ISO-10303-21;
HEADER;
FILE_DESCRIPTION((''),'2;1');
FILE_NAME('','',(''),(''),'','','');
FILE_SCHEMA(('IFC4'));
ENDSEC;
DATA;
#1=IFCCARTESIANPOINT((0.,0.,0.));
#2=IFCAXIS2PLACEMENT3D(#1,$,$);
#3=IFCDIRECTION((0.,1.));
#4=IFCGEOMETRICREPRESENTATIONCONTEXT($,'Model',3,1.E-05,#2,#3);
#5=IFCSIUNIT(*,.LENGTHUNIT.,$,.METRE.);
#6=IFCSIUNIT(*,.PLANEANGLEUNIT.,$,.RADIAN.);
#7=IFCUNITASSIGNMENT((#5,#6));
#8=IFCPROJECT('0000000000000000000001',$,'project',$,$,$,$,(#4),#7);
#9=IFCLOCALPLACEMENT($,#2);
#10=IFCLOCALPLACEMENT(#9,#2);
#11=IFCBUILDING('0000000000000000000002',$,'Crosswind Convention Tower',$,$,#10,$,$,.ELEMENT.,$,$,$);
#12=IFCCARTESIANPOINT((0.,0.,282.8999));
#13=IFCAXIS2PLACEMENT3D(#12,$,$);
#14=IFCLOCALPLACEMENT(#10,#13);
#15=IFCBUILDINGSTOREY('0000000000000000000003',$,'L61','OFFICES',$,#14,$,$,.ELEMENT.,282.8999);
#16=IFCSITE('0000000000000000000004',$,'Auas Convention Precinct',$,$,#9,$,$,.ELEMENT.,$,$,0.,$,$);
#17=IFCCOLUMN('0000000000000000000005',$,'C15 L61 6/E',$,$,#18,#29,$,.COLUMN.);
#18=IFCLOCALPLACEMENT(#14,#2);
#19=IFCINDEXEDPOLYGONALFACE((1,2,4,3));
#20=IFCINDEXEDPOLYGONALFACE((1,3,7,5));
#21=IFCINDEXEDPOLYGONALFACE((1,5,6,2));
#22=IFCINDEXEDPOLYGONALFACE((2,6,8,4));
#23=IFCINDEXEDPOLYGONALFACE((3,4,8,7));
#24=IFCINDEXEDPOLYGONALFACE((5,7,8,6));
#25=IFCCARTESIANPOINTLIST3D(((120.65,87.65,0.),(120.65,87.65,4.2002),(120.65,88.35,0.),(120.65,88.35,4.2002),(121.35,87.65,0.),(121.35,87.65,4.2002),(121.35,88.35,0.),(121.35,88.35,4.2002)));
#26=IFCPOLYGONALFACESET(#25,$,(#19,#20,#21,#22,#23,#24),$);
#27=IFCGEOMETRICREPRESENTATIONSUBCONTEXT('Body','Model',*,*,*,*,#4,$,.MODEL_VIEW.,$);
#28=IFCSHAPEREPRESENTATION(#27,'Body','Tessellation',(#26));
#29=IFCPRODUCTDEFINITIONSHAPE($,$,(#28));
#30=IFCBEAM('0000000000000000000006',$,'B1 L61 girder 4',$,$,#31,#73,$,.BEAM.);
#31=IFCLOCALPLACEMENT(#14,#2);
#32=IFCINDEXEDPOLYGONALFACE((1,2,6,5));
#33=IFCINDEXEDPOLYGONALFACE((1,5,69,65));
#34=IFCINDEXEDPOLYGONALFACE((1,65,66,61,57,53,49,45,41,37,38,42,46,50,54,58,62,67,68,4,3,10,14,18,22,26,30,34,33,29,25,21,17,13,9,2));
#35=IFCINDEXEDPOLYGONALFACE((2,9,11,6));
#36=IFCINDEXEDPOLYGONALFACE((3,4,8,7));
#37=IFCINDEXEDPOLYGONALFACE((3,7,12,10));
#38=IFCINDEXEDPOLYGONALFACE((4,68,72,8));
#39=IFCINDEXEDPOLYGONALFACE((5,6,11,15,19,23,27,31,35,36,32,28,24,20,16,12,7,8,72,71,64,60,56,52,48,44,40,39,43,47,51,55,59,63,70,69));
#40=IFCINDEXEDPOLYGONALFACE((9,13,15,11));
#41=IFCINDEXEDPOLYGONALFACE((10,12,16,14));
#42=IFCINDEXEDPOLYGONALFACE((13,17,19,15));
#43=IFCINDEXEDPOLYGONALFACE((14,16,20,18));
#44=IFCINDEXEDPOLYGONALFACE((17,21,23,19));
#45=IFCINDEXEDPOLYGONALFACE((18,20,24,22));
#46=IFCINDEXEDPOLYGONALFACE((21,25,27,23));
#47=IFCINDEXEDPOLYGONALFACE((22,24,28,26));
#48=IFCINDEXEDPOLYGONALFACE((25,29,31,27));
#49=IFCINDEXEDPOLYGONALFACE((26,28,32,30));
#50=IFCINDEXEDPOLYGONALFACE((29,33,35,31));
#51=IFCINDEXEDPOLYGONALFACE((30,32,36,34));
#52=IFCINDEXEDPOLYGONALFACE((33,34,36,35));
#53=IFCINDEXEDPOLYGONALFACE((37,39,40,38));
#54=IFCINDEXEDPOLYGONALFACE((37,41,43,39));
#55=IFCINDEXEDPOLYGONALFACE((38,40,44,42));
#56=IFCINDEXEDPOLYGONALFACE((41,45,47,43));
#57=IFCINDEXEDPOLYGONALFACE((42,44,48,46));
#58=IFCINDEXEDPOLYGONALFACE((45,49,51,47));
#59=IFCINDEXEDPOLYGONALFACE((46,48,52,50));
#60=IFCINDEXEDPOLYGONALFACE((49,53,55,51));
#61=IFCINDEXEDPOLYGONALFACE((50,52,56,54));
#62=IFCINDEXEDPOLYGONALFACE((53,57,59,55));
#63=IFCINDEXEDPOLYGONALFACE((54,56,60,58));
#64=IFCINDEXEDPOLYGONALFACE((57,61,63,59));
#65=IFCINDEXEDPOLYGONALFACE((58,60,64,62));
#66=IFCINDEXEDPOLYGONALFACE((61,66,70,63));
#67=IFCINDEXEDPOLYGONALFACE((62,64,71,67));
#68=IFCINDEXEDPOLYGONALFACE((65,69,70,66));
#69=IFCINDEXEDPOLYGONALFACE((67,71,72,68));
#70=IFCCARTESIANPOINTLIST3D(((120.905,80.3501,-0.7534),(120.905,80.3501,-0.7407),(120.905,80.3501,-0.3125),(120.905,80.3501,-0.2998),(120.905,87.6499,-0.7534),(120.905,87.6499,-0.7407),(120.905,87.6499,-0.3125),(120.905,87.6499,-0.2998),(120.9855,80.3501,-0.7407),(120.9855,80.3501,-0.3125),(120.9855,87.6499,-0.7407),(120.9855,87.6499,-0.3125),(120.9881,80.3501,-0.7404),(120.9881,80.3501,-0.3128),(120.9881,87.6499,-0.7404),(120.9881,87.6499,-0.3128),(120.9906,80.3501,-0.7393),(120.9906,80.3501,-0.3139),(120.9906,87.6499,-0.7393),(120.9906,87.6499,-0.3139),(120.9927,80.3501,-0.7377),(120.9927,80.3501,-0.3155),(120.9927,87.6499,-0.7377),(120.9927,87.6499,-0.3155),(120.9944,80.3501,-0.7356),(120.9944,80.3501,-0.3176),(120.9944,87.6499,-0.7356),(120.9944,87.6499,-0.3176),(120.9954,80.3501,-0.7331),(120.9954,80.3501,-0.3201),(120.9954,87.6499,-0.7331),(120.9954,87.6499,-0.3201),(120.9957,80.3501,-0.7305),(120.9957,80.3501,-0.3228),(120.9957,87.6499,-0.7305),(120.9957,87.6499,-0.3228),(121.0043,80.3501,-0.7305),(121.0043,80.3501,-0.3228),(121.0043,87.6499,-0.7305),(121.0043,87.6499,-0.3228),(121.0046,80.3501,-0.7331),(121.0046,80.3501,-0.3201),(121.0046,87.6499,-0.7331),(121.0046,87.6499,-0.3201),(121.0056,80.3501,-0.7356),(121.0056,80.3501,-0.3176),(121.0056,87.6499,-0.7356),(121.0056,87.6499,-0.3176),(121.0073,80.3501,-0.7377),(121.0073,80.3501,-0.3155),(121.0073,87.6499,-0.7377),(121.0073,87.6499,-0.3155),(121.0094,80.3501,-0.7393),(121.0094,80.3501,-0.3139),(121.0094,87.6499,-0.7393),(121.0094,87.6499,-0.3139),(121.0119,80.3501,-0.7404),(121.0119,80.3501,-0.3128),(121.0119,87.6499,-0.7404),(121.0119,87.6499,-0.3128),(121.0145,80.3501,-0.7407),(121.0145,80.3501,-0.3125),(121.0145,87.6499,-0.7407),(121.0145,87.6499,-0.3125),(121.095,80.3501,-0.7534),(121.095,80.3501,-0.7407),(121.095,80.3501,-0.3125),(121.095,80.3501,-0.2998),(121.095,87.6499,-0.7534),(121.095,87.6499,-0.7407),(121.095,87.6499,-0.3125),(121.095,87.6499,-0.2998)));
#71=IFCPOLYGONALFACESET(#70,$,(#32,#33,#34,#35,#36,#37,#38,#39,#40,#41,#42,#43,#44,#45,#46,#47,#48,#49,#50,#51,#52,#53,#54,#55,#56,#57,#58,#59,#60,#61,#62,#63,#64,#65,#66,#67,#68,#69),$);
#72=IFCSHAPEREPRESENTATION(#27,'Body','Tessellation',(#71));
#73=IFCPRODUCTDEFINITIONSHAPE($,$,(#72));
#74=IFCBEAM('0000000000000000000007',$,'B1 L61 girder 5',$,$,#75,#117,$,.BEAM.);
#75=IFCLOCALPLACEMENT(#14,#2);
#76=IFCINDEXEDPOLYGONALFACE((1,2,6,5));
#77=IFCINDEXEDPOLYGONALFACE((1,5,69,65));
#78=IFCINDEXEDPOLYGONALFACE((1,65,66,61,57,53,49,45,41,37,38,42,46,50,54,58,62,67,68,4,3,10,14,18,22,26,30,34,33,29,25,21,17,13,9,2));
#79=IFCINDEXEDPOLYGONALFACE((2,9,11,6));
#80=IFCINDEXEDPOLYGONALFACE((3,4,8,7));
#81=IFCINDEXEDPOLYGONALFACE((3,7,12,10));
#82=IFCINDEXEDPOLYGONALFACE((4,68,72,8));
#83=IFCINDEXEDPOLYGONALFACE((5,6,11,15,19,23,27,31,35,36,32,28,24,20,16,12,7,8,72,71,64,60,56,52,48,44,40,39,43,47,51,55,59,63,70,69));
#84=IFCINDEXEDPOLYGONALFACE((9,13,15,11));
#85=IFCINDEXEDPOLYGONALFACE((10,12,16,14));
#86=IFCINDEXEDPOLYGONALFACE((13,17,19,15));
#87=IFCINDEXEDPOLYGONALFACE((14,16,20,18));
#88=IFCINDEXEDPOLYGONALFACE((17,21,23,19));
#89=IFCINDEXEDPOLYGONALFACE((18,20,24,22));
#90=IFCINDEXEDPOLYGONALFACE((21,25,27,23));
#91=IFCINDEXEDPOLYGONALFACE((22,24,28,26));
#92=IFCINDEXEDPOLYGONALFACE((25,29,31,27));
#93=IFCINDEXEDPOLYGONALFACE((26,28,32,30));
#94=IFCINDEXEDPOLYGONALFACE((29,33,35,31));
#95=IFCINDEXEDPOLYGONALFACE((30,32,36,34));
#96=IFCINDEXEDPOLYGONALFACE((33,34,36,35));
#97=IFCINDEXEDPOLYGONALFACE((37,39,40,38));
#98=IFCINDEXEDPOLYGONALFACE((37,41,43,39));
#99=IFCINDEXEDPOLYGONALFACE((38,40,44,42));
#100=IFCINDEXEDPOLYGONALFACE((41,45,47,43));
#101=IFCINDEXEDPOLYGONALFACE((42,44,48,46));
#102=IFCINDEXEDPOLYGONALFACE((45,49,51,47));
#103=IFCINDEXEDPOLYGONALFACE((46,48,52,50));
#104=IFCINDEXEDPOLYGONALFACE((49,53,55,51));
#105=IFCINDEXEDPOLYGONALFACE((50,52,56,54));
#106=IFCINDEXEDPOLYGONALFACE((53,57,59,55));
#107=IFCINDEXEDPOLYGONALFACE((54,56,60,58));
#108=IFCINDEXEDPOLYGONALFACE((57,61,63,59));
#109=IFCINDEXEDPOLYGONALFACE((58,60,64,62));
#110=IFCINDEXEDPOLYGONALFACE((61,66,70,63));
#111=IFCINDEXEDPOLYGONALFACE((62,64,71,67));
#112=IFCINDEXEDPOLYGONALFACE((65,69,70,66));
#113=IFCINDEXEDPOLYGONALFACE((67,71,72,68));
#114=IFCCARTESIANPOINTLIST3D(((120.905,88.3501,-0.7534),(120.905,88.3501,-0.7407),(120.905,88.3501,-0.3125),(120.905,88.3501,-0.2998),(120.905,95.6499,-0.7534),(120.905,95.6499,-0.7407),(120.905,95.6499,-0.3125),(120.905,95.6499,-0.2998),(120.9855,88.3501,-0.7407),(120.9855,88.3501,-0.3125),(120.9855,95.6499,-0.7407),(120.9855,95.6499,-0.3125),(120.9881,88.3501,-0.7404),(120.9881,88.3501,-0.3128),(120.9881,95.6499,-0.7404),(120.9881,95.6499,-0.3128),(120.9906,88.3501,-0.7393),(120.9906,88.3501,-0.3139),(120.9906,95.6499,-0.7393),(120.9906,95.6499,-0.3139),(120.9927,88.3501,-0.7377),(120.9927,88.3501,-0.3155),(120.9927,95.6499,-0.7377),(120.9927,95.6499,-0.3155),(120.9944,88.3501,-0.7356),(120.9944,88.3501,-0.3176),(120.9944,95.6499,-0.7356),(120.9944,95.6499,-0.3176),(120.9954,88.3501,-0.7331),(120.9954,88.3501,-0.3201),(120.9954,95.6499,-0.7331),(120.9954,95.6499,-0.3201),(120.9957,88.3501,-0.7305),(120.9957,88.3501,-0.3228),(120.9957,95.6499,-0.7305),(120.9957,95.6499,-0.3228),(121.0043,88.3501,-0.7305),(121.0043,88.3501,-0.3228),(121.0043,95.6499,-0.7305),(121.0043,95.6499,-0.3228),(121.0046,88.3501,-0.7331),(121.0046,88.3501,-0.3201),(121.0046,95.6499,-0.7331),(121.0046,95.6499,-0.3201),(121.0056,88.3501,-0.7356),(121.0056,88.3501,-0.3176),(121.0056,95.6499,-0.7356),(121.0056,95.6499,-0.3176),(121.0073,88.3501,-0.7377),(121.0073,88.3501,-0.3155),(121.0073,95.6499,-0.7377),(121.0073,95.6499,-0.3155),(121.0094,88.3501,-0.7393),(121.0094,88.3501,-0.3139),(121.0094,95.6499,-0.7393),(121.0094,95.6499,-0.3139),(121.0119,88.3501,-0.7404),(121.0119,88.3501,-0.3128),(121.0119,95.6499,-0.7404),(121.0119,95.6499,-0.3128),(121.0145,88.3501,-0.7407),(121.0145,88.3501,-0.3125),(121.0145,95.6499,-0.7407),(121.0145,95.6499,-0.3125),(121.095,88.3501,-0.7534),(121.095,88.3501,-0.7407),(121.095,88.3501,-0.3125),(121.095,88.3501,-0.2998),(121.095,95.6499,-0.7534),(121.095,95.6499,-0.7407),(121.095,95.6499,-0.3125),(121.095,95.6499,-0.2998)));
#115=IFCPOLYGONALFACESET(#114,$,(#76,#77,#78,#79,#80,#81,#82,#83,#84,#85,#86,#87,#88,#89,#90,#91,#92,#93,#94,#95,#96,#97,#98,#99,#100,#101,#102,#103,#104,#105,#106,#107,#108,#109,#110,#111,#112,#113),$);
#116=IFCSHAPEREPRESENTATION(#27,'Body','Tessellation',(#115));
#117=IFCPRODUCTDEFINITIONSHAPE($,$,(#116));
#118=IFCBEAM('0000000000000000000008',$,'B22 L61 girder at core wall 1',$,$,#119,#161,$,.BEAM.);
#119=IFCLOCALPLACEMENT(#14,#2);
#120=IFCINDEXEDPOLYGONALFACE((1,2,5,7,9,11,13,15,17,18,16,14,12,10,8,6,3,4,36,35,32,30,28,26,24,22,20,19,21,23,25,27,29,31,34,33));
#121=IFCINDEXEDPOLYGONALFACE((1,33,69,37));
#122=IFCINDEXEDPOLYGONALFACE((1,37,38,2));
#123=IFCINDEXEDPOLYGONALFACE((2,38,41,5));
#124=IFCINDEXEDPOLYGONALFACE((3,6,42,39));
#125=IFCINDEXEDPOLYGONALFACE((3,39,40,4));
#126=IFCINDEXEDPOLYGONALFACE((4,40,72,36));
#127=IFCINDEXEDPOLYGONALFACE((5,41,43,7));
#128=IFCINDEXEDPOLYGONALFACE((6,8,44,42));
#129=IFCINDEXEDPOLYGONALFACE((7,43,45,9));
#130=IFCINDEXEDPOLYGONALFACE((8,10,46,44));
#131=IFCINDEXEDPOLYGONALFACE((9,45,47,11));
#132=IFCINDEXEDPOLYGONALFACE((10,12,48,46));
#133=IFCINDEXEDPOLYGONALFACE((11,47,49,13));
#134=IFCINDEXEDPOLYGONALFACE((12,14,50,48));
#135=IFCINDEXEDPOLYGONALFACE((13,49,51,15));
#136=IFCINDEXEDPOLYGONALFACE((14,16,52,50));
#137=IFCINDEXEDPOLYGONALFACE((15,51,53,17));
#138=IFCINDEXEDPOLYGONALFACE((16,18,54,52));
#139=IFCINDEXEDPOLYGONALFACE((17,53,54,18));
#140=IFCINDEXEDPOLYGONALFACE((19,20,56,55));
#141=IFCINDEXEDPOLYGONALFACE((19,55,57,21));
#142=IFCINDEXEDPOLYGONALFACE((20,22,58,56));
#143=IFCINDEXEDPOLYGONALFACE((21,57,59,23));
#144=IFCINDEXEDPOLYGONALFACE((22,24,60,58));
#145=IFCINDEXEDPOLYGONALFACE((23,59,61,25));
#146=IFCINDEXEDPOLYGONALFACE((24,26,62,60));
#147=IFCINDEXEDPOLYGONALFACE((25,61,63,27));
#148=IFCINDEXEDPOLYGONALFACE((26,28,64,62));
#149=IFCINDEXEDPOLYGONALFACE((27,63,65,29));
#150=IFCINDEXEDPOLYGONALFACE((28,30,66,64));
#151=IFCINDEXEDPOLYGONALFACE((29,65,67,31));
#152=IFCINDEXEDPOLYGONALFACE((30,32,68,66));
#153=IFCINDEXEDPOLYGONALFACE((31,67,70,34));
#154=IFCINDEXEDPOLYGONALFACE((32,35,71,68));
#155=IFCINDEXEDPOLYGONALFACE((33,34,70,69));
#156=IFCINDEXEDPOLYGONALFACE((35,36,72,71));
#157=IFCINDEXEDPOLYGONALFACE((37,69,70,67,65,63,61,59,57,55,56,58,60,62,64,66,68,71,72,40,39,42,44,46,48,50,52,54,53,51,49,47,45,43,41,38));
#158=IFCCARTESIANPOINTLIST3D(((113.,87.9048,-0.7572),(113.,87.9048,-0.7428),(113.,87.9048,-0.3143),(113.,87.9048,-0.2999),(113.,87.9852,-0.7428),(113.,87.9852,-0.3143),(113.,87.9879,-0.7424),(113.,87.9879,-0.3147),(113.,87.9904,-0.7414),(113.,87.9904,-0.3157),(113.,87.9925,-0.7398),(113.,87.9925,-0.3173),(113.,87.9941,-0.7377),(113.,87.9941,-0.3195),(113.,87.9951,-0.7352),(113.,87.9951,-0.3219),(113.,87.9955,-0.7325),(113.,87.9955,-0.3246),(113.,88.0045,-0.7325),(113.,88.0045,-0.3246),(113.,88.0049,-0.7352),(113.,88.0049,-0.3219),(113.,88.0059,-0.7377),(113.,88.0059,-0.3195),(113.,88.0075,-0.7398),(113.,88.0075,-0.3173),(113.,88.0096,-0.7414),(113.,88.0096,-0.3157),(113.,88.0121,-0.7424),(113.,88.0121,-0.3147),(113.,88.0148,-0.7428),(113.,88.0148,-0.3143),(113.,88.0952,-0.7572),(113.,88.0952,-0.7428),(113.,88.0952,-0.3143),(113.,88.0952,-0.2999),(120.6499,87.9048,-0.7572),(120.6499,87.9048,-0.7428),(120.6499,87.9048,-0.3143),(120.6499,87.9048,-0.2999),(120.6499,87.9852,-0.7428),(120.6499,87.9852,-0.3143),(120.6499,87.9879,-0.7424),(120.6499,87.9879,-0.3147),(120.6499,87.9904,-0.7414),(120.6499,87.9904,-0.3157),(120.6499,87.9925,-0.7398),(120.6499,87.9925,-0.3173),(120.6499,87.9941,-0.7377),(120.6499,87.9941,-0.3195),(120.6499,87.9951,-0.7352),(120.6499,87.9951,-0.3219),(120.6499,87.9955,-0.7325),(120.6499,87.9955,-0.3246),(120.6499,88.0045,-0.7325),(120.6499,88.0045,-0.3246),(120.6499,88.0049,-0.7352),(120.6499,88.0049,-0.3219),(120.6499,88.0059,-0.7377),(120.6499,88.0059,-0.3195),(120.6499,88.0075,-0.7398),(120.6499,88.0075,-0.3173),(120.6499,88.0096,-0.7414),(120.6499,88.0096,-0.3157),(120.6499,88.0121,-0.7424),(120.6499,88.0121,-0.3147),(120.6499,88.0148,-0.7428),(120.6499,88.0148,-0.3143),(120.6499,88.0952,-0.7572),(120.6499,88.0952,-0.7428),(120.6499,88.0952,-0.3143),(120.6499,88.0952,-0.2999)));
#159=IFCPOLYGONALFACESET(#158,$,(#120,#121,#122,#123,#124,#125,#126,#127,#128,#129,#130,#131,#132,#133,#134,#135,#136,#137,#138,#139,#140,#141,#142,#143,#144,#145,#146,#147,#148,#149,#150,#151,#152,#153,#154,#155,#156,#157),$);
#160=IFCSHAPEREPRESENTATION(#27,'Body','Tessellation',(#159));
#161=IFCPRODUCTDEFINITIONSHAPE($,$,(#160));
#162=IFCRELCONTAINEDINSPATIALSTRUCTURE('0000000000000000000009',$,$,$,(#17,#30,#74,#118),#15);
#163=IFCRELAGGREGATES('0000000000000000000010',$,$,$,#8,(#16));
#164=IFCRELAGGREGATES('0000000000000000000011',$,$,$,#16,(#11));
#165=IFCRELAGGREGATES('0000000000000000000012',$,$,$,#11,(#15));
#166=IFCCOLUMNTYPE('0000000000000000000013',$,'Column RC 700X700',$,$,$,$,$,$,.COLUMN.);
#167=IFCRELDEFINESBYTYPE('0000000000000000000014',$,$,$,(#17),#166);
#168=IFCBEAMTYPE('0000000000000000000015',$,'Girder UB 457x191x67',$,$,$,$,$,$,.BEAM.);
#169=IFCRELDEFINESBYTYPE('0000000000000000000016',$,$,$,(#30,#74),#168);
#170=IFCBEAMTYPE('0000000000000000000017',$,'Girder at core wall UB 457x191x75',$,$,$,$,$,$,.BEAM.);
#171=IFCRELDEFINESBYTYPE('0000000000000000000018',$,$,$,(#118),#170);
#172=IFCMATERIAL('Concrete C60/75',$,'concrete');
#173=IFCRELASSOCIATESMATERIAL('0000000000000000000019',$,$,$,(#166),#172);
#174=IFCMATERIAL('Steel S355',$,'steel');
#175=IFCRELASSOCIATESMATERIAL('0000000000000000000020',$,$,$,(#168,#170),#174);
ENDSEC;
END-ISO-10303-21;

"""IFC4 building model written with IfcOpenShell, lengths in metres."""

from ifc_helpers import new_model, si_unit, direction, frame, origin, origin_2d, place, context, subcontext, project, spatial, rectangle, i_section, extrude, material, material_profile, profile_set, type_object, element, save


model = new_model("IFC4")

# Units and contexts
model_context = context("Model", 3, precision=1e-05, world=origin(), true_north=direction((0.0, 1.0)))
body_context = subcontext(model_context, "Body", "Model", "MODEL_VIEW")
ifc_project = project(units=[si_unit("LENGTHUNIT", "METRE"), si_unit("PLANEANGLEUNIT", "RADIAN")], contexts=[model_context])

# Site, building, storey
site_placement = place(None, origin())
site = spatial("IfcSite", under=ifc_project, at=site_placement, Name="Auas Convention Precinct", CompositionType="ELEMENT", RefElevation=0.0)
building_placement = place(site_placement, origin())
building = spatial("IfcBuilding", under=site, at=building_placement, Name="Crosswind Convention Tower", CompositionType="ELEMENT")
storey_placement = place(building_placement, frame((0.0, 0.0, 282.8999)))
storey = spatial("IfcBuildingStorey", under=building, at=storey_placement, Name="L61", Description="OFFICES", CompositionType="ELEMENT", Elevation=282.8999)

# Column
ifc_material_1 = material(Name="Concrete C60/75", Category="concrete")
ifc_material_profile_1 = material_profile(ifc_material_1, rectangle(XDim=0.7, YDim=0.7, at=origin_2d()), Name="RC 700X700")
ifc_profile_set_1 = profile_set([ifc_material_profile_1], Name="Concrete C60/75")
column_type = type_object("IfcColumnType", Name="Column RC 700X700", PredefinedType="COLUMN", material=ifc_profile_set_1)
column_placement = place(storey_placement, frame((121.0, 88.0, 0.0), z_axis=(0.0, 0.0, 1.0), x_axis=(1.0, 0.0, 0.0)))
element("IfcColumn", 1, at=column_placement, inside=storey, type_object=column_type, Name="C15 L61 6/E", PredefinedType="COLUMN", context=body_context, shape_type="SweptSolid", body=[
    extrude(rectangle(XDim=0.7, YDim=0.7, at=origin_2d()), origin(), (0.0, 0.0, 1.0), 4.2002),
])

# Beams
ifc_material_2 = material(Name="Steel S355", Category="steel")
ifc_material_profile_2 = material_profile(ifc_material_2, i_section(OverallWidth=0.1899, OverallDepth=0.4536, WebThickness=0.0085, FlangeThickness=0.0127, FilletRadius=0.0103, at=origin_2d()), Name="UB 457x191x67")
ifc_profile_set_2 = profile_set([ifc_material_profile_2], Name="Steel S355")
beam_type_1 = type_object("IfcBeamType", Name="Girder UB 457x191x67", PredefinedType="BEAM", material=ifc_profile_set_2)
for number, where, z_axis, x_axis, name in (
    (2, (121.0, 80.3501, -0.5266), (0.0, 1.0, 0.0), (-1.0, 0.0, 0.0), "B1 L61 girder 4"),
    (3, (121.0, 88.3501, -0.5266), (0.0, 1.0, 0.0), (-1.0, 0.0, 0.0), "B1 L61 girder 5"),
):
    element("IfcBeam", number, at=place(storey_placement, frame(where, z_axis=z_axis, x_axis=x_axis)), inside=storey, type_object=beam_type_1, Name=name, PredefinedType="BEAM", context=body_context, shape_type="SweptSolid", body=[
        extrude(i_section(OverallWidth=0.1899, OverallDepth=0.4536, WebThickness=0.0085, FlangeThickness=0.0127, FilletRadius=0.0103, at=origin_2d()), origin(), (0.0, 0.0, 1.0), 7.2998),
    ])
ifc_material_profile_3 = material_profile(ifc_material_2, i_section(OverallWidth=0.1904, OverallDepth=0.4573, WebThickness=0.009, FlangeThickness=0.0144, FilletRadius=0.0103, at=origin_2d()), Name="UB 457x191x75")
ifc_profile_set_3 = profile_set([ifc_material_profile_3], Name="Steel S355")
beam_type_2 = type_object("IfcBeamType", Name="Girder at core wall UB 457x191x75", PredefinedType="BEAM", material=ifc_profile_set_3)
for number, where, z_axis, x_axis, name in (
    (4, (113.0, 88.0, -0.5286), (1.0, 0.0, 0.0), (0.0, 1.0, 0.0), "B22 L61 girder at core wall 1"),
):
    element("IfcBeam", number, at=place(storey_placement, frame(where, z_axis=z_axis, x_axis=x_axis)), inside=storey, type_object=beam_type_2, Name=name, PredefinedType="BEAM", context=body_context, shape_type="SweptSolid", body=[
        extrude(i_section(OverallWidth=0.1904, OverallDepth=0.4573, WebThickness=0.009, FlangeThickness=0.0144, FilletRadius=0.0103, at=origin_2d()), origin(), (0.0, 0.0, 1.0), 7.6499),
    ])

save(model, "model.ifc")
